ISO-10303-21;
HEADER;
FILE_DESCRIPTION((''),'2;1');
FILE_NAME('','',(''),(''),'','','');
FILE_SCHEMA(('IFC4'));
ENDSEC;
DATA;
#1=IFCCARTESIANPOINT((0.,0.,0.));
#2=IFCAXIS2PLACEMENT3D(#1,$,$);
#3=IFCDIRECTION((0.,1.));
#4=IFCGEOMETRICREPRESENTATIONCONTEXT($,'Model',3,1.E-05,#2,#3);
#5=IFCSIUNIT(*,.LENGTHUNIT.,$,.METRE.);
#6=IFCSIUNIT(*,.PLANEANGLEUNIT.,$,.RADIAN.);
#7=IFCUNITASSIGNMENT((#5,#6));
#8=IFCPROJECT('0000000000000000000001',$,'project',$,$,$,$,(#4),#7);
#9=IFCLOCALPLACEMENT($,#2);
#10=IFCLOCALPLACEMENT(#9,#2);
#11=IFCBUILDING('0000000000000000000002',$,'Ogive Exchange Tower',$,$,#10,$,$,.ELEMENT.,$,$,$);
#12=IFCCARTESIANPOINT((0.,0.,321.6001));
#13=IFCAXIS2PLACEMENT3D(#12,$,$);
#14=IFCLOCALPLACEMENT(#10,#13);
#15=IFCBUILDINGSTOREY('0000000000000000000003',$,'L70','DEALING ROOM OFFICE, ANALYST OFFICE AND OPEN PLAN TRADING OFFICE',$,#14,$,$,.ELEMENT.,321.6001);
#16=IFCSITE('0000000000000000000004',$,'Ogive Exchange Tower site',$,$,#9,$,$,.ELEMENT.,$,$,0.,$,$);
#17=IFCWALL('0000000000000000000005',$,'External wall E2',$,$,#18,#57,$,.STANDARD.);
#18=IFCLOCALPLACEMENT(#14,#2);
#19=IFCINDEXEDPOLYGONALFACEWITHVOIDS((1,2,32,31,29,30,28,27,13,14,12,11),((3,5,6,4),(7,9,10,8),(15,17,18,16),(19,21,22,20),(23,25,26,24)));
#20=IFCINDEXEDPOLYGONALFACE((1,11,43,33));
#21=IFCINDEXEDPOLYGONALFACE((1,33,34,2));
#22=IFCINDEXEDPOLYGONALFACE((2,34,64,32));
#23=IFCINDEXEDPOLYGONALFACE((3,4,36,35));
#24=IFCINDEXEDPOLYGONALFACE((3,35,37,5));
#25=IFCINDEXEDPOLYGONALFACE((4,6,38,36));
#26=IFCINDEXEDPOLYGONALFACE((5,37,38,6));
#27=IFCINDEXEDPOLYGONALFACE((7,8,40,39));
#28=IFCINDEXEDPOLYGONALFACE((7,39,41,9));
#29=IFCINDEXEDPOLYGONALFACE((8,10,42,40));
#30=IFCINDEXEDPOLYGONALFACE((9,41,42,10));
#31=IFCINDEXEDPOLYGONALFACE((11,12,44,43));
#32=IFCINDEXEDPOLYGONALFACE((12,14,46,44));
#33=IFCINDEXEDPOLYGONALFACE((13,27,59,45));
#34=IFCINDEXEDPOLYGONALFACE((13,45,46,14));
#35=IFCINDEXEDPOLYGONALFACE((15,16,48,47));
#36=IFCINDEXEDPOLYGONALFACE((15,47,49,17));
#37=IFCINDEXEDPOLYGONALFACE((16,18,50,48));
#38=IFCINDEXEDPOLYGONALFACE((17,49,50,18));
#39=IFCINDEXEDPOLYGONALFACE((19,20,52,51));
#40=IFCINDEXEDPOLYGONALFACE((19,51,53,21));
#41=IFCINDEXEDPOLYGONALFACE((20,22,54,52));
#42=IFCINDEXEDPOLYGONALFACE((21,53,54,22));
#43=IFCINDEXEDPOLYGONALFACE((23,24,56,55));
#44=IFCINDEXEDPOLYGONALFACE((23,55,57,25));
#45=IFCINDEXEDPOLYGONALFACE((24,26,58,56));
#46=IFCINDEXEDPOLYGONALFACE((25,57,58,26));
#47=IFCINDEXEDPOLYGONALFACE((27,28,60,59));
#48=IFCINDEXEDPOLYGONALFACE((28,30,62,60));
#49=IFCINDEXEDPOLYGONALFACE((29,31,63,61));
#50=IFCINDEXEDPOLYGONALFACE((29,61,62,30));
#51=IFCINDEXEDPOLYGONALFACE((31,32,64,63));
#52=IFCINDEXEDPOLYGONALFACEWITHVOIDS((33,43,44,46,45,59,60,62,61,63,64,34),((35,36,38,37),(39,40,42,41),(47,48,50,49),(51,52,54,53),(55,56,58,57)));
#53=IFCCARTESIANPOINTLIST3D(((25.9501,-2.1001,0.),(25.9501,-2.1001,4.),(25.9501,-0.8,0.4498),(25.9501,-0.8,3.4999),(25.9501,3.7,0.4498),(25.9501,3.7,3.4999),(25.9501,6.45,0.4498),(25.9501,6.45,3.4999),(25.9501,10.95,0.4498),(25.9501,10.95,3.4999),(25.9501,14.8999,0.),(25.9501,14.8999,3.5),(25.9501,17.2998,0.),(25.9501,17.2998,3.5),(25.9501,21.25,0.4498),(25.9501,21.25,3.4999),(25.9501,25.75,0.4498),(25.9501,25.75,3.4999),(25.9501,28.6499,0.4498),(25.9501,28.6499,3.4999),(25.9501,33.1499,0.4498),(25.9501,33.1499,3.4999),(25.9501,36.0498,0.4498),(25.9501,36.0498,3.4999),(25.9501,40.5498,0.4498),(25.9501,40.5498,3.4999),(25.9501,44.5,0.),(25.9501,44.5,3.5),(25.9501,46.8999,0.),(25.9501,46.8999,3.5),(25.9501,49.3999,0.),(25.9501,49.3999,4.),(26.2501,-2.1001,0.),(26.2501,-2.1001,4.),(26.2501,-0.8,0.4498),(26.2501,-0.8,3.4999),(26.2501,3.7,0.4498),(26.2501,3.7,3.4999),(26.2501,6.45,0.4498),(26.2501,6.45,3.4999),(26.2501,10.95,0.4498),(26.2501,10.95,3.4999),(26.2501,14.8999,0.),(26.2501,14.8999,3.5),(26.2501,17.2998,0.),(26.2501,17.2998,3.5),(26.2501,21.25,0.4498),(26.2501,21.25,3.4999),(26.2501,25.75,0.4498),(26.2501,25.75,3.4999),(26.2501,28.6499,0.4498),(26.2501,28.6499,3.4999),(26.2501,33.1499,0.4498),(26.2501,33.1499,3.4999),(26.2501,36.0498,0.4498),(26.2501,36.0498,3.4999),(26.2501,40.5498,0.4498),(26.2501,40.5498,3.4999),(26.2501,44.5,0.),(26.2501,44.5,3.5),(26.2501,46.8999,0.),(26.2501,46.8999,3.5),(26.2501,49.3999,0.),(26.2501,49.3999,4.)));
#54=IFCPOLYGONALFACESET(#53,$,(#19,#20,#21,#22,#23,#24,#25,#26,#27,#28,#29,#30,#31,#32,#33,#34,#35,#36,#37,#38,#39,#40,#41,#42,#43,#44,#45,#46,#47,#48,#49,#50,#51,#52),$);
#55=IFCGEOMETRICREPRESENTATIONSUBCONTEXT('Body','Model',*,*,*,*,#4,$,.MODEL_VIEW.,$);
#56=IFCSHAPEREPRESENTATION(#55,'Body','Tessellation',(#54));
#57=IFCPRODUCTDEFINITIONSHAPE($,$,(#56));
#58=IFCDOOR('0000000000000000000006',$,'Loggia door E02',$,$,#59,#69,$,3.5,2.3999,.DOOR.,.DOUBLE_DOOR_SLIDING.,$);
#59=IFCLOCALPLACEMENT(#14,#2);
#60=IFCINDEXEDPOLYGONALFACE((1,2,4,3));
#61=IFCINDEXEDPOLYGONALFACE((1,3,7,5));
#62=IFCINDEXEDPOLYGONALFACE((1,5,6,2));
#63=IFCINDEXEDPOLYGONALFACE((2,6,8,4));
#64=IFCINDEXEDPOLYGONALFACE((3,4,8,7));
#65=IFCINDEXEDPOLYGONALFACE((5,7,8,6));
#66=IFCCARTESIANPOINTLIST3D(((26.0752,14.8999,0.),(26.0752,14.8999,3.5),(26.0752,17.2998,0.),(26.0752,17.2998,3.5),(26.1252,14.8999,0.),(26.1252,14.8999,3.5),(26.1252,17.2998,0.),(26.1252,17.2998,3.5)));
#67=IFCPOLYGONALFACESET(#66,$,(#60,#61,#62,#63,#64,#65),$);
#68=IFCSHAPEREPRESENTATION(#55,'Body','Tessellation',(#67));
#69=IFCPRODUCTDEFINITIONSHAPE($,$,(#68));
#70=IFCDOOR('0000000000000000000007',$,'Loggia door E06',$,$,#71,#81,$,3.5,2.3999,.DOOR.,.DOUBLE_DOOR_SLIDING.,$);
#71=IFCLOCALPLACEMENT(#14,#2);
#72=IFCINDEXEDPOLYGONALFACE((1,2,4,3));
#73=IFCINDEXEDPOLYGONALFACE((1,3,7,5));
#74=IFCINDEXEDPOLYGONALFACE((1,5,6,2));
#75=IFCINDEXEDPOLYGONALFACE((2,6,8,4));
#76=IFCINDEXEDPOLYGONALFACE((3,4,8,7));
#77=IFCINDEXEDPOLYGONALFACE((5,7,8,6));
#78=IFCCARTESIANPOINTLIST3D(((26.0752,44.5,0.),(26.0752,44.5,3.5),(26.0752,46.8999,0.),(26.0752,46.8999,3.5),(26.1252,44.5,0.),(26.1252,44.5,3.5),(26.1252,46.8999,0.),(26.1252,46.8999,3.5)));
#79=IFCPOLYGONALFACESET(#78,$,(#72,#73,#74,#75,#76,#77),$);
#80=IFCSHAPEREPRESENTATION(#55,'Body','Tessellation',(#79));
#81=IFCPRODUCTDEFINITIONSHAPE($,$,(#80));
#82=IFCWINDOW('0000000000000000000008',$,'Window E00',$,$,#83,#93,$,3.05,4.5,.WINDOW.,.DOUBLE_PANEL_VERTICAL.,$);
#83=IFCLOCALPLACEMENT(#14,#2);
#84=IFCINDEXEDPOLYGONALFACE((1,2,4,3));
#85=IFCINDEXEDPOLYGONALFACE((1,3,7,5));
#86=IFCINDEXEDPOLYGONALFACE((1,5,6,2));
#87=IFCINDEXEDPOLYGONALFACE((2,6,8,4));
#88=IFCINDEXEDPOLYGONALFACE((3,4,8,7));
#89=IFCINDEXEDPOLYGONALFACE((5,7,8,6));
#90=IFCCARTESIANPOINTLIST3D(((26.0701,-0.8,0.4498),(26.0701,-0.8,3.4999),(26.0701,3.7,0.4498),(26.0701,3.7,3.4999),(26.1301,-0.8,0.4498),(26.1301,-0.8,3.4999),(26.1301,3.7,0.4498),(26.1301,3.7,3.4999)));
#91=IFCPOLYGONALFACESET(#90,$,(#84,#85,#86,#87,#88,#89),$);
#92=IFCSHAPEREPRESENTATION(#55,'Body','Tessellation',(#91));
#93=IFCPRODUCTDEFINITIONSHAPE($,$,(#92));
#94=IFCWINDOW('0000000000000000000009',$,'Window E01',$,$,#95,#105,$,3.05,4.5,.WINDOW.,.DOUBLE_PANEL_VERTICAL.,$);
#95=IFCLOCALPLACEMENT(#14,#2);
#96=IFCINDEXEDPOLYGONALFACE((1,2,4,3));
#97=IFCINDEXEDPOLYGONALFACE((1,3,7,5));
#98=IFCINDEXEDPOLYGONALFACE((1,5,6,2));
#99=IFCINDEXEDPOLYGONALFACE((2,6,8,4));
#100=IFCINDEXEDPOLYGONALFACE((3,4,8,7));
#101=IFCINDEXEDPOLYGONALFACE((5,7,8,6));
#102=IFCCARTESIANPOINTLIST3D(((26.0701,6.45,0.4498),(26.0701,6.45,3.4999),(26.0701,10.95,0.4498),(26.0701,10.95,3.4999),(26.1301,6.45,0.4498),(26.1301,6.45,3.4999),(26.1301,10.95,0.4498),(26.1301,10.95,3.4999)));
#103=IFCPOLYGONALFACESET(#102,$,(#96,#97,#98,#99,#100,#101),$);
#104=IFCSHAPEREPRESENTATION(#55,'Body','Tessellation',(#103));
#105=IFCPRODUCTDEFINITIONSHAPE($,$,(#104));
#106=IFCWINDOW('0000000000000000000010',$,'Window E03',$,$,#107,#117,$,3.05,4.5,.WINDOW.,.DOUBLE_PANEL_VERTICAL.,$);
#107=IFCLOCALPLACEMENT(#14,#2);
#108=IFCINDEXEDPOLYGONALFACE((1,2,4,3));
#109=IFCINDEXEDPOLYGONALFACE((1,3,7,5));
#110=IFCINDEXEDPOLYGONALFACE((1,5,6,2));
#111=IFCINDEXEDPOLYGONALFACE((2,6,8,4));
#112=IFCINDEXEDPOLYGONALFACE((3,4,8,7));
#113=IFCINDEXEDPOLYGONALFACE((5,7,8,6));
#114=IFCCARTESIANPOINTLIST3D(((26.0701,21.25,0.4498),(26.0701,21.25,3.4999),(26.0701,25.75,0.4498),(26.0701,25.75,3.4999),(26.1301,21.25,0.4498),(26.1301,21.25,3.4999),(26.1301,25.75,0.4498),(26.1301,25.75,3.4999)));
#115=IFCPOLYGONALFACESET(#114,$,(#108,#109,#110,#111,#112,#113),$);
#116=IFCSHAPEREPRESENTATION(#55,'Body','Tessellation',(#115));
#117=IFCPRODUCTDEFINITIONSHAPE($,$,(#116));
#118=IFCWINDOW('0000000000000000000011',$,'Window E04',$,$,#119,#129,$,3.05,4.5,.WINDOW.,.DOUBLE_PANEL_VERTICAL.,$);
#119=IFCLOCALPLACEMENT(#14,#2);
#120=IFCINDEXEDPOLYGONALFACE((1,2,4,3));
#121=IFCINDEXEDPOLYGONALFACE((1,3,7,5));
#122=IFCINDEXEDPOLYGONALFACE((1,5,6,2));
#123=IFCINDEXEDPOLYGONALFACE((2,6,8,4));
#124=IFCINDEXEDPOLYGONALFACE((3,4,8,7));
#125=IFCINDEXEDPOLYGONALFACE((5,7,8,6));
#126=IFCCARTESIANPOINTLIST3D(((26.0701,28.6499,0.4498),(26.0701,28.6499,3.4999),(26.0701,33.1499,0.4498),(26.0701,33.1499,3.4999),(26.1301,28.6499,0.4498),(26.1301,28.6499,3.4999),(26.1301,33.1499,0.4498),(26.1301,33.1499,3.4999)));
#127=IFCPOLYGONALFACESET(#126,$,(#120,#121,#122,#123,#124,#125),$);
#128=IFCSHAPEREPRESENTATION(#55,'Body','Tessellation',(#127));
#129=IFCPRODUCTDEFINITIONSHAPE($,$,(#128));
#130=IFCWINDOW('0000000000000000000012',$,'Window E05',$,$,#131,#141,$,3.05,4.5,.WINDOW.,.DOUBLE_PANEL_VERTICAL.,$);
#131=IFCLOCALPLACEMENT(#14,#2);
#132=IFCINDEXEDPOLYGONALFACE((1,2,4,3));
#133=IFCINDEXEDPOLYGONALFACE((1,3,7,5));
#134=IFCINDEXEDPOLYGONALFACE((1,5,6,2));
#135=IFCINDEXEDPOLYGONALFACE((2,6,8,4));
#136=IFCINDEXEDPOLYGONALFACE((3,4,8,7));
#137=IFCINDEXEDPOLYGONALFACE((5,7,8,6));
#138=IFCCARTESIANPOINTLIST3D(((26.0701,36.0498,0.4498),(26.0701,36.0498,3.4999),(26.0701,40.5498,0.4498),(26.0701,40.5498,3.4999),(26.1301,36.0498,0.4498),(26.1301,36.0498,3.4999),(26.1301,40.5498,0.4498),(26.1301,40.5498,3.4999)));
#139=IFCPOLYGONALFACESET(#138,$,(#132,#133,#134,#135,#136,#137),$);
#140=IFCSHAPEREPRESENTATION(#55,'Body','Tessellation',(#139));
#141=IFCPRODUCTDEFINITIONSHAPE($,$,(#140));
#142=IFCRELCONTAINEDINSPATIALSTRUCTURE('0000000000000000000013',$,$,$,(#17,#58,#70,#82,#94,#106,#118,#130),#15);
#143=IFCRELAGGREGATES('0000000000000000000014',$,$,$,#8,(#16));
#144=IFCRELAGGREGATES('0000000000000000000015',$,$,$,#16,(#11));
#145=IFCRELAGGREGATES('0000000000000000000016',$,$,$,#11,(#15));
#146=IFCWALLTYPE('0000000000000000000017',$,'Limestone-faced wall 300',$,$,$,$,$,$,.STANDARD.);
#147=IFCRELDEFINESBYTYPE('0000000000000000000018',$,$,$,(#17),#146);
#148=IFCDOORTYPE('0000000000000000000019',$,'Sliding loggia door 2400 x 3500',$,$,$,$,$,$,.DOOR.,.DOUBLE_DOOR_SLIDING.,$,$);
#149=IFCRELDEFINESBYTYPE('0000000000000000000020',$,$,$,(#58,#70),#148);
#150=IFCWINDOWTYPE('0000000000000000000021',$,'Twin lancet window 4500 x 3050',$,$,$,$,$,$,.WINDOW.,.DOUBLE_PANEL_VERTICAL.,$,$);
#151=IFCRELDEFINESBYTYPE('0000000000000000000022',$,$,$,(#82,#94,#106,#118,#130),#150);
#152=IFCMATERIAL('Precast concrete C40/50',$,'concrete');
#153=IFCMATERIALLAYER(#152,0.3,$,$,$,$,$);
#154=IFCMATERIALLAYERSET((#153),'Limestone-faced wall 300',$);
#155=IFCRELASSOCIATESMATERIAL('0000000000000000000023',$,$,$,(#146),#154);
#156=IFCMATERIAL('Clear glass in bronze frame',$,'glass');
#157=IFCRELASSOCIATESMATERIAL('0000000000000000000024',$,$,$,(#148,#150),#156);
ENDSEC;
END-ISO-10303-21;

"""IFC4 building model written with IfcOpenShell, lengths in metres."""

from ifc_helpers import new_model, si_unit, direction, frame, frame_2d, origin, place, context, subcontext, project, spatial, rectangle, extrude, material, layer, layer_set, type_object, element, fill, save


model = new_model("IFC4")

# Units and contexts
model_context = context("Model", 3, precision=1e-05, world=origin(), true_north=direction((0.0, 1.0)))
body_context = subcontext(model_context, "Body", "Model", "MODEL_VIEW")
ifc_project = project(units=[si_unit("LENGTHUNIT", "METRE"), si_unit("PLANEANGLEUNIT", "RADIAN")], contexts=[model_context])

# Site, building, storey
site_placement = place(None, origin())
site = spatial("IfcSite", under=ifc_project, at=site_placement, Name="Ogive Exchange Tower site", CompositionType="ELEMENT", RefElevation=0.0)
building_placement = place(site_placement, origin())
building = spatial("IfcBuilding", under=site, at=building_placement, Name="Ogive Exchange Tower", CompositionType="ELEMENT")
storey_placement = place(building_placement, frame((0.0, 0.0, 321.6001)))
storey = spatial("IfcBuildingStorey", under=building, at=storey_placement, Name="L70", Description="DEALING ROOM OFFICE, ANALYST OFFICE AND OPEN PLAN TRADING OFFICE", CompositionType="ELEMENT", Elevation=321.6001)

# Wall, openings, doors, windows
ifc_material_1 = material(Name="Precast concrete C40/50", Category="concrete")
ifc_layer_1 = layer(ifc_material_1, 0.3)
ifc_layer_set_1 = layer_set([ifc_layer_1], Name="Limestone-faced wall 300")
wall_type_1 = type_object("IfcWallType", Name="Limestone-faced wall 300", PredefinedType="STANDARD", material=ifc_layer_set_1)
wall_1_placement = place(storey_placement, frame((26.1001, -2.1001, 0.0), z_axis=(0.0, 0.0, 1.0), x_axis=(0.0, 1.0, 0.0)))
wall_1 = element("IfcWall", 1, at=wall_1_placement, inside=storey, type_object=wall_type_1, Name="External wall E2", PredefinedType="STANDARD", context=body_context, shape_type="SweptSolid", body=[
    extrude(rectangle(XDim=51.5, YDim=0.3, at=frame_2d((25.75, 0.0))), origin(), (0.0, 0.0, 1.0), 4.0),
])
opening_1_placement = place(wall_1_placement, frame((1.3, 0.0, 0.45)))
opening_1 = element("IfcOpeningElement", 2, at=opening_1_placement, cuts=wall_1, PredefinedType="OPENING", context=body_context, shape_type="SweptSolid", body=[
    extrude(rectangle(XDim=4.5, YDim=3.05, at=frame_2d((2.25, 1.5249))), frame((0.0, 0.1599, 0.0), z_axis=(0.0, -1.0, 0.0), x_axis=(1.0, 0.0, 0.0)), (0.0, 0.0, 1.0), 0.3201),
])
opening_2_placement = place(wall_1_placement, frame((8.55, 0.0, 0.45)))
opening_2 = element("IfcOpeningElement", 3, at=opening_2_placement, cuts=wall_1, PredefinedType="OPENING", context=body_context, shape_type="SweptSolid", body=[
    extrude(rectangle(XDim=4.5, YDim=3.05, at=frame_2d((2.25, 1.5249))), frame((0.0, 0.1599, 0.0), z_axis=(0.0, -1.0, 0.0), x_axis=(1.0, 0.0, 0.0)), (0.0, 0.0, 1.0), 0.3201),
])
opening_3_placement = place(wall_1_placement, frame((17.0, 0.0, 0.0)))
opening_3 = element("IfcOpeningElement", 4, at=opening_3_placement, cuts=wall_1, PredefinedType="OPENING", context=body_context, shape_type="SweptSolid", body=[
    extrude(rectangle(XDim=2.3999, YDim=3.5, at=frame_2d((1.2, 1.75))), frame((0.0, 0.1599, 0.0), z_axis=(0.0, -1.0, 0.0), x_axis=(1.0, 0.0, 0.0)), (0.0, 0.0, 1.0), 0.3201),
])
opening_4_placement = place(wall_1_placement, frame((23.3501, 0.0, 0.45)))
opening_4 = element("IfcOpeningElement", 5, at=opening_4_placement, cuts=wall_1, PredefinedType="OPENING", context=body_context, shape_type="SweptSolid", body=[
    extrude(rectangle(XDim=4.5, YDim=3.05, at=frame_2d((2.25, 1.5249))), frame((0.0, 0.1599, 0.0), z_axis=(0.0, -1.0, 0.0), x_axis=(1.0, 0.0, 0.0)), (0.0, 0.0, 1.0), 0.3201),
])
opening_5_placement = place(wall_1_placement, frame((30.75, 0.0, 0.45)))
opening_5 = element("IfcOpeningElement", 6, at=opening_5_placement, cuts=wall_1, PredefinedType="OPENING", context=body_context, shape_type="SweptSolid", body=[
    extrude(rectangle(XDim=4.5, YDim=3.05, at=frame_2d((2.25, 1.5249))), frame((0.0, 0.1599, 0.0), z_axis=(0.0, -1.0, 0.0), x_axis=(1.0, 0.0, 0.0)), (0.0, 0.0, 1.0), 0.3201),
])
opening_6_placement = place(wall_1_placement, frame((38.1499, 0.0, 0.45)))
opening_6 = element("IfcOpeningElement", 7, at=opening_6_placement, cuts=wall_1, PredefinedType="OPENING", context=body_context, shape_type="SweptSolid", body=[
    extrude(rectangle(XDim=4.5, YDim=3.05, at=frame_2d((2.25, 1.5249))), frame((0.0, 0.1599, 0.0), z_axis=(0.0, -1.0, 0.0), x_axis=(1.0, 0.0, 0.0)), (0.0, 0.0, 1.0), 0.3201),
])
opening_7_placement = place(wall_1_placement, frame((46.6001, 0.0, 0.0)))
opening_7 = element("IfcOpeningElement", 8, at=opening_7_placement, cuts=wall_1, PredefinedType="OPENING", context=body_context, shape_type="SweptSolid", body=[
    extrude(rectangle(XDim=2.3999, YDim=3.5, at=frame_2d((1.2, 1.75))), frame((0.0, 0.1599, 0.0), z_axis=(0.0, -1.0, 0.0), x_axis=(1.0, 0.0, 0.0)), (0.0, 0.0, 1.0), 0.3201),
])
ifc_material_2 = material(Name="Clear glass in bronze frame", Category="glass")
door_type_1 = type_object("IfcDoorType", Name="Sliding loggia door 2400 x 3500", OperationType="DOUBLE_DOOR_SLIDING", PredefinedType="DOOR", material=ifc_material_2)
door_1_placement = place(opening_3_placement, origin())
door_1 = element("IfcDoor", 9, at=door_1_placement, inside=storey, type_object=door_type_1, Name="Loggia door E02", OperationType="DOUBLE_DOOR_SLIDING", OverallHeight=3.5, OverallWidth=2.3999, PredefinedType="DOOR", context=body_context, shape_type="SweptSolid", body=[
    extrude(rectangle(XDim=2.3999, YDim=3.5, at=frame_2d((1.2, 1.75))), frame((0.0, 0.0249, 0.0), z_axis=(0.0, -1.0, 0.0), x_axis=(1.0, 0.0, 0.0)), (0.0, 0.0, 1.0), 0.05),
])
fill(opening_3, door_1)
door_2_placement = place(opening_7_placement, origin())
door_2 = element("IfcDoor", 10, at=door_2_placement, inside=storey, type_object=door_type_1, Name="Loggia door E06", OperationType="DOUBLE_DOOR_SLIDING", OverallHeight=3.5, OverallWidth=2.3999, PredefinedType="DOOR", context=body_context, shape_type="SweptSolid", body=[
    extrude(rectangle(XDim=2.3999, YDim=3.5, at=frame_2d((1.2, 1.75))), frame((0.0, 0.0249, 0.0), z_axis=(0.0, -1.0, 0.0), x_axis=(1.0, 0.0, 0.0)), (0.0, 0.0, 1.0), 0.05),
])
fill(opening_7, door_2)
window_type = type_object("IfcWindowType", Name="Twin lancet window 4500 x 3050", PartitioningType="DOUBLE_PANEL_VERTICAL", PredefinedType="WINDOW", material=ifc_material_2)
window_1_placement = place(opening_1_placement, origin())
window_1 = element("IfcWindow", 11, at=window_1_placement, inside=storey, type_object=window_type, Name="Window E00", OverallHeight=3.05, OverallWidth=4.5, PartitioningType="DOUBLE_PANEL_VERTICAL", PredefinedType="WINDOW", context=body_context, shape_type="SweptSolid", body=[
    extrude(rectangle(XDim=4.5, YDim=3.05, at=frame_2d((2.25, 1.5249))), frame((0.0, 0.03, 0.0), z_axis=(0.0, -1.0, 0.0), x_axis=(1.0, 0.0, 0.0)), (0.0, 0.0, 1.0), 0.0601),
])
fill(opening_1, window_1)
window_2_placement = place(opening_2_placement, origin())
window_2 = element("IfcWindow", 12, at=window_2_placement, inside=storey, type_object=window_type, Name="Window E01", OverallHeight=3.05, OverallWidth=4.5, PartitioningType="DOUBLE_PANEL_VERTICAL", PredefinedType="WINDOW", context=body_context, shape_type="SweptSolid", body=[
    extrude(rectangle(XDim=4.5, YDim=3.05, at=frame_2d((2.25, 1.5249))), frame((0.0, 0.03, 0.0), z_axis=(0.0, -1.0, 0.0), x_axis=(1.0, 0.0, 0.0)), (0.0, 0.0, 1.0), 0.0601),
])
fill(opening_2, window_2)
window_3_placement = place(opening_4_placement, origin())
window_3 = element("IfcWindow", 13, at=window_3_placement, inside=storey, type_object=window_type, Name="Window E03", OverallHeight=3.05, OverallWidth=4.5, PartitioningType="DOUBLE_PANEL_VERTICAL", PredefinedType="WINDOW", context=body_context, shape_type="SweptSolid", body=[
    extrude(rectangle(XDim=4.5, YDim=3.05, at=frame_2d((2.25, 1.5249))), frame((0.0, 0.03, 0.0), z_axis=(0.0, -1.0, 0.0), x_axis=(1.0, 0.0, 0.0)), (0.0, 0.0, 1.0), 0.0601),
])
fill(opening_4, window_3)
window_4_placement = place(opening_5_placement, origin())
window_4 = element("IfcWindow", 14, at=window_4_placement, inside=storey, type_object=window_type, Name="Window E04", OverallHeight=3.05, OverallWidth=4.5, PartitioningType="DOUBLE_PANEL_VERTICAL", PredefinedType="WINDOW", context=body_context, shape_type="SweptSolid", body=[
    extrude(rectangle(XDim=4.5, YDim=3.05, at=frame_2d((2.25, 1.5249))), frame((0.0, 0.03, 0.0), z_axis=(0.0, -1.0, 0.0), x_axis=(1.0, 0.0, 0.0)), (0.0, 0.0, 1.0), 0.0601),
])
fill(opening_5, window_4)
window_5_placement = place(opening_6_placement, origin())
window_5 = element("IfcWindow", 15, at=window_5_placement, inside=storey, type_object=window_type, Name="Window E05", OverallHeight=3.05, OverallWidth=4.5, PartitioningType="DOUBLE_PANEL_VERTICAL", PredefinedType="WINDOW", context=body_context, shape_type="SweptSolid", body=[
    extrude(rectangle(XDim=4.5, YDim=3.05, at=frame_2d((2.25, 1.5249))), frame((0.0, 0.03, 0.0), z_axis=(0.0, -1.0, 0.0), x_axis=(1.0, 0.0, 0.0)), (0.0, 0.0, 1.0), 0.0601),
])
fill(opening_6, window_5)

save(model, "model.ifc")
